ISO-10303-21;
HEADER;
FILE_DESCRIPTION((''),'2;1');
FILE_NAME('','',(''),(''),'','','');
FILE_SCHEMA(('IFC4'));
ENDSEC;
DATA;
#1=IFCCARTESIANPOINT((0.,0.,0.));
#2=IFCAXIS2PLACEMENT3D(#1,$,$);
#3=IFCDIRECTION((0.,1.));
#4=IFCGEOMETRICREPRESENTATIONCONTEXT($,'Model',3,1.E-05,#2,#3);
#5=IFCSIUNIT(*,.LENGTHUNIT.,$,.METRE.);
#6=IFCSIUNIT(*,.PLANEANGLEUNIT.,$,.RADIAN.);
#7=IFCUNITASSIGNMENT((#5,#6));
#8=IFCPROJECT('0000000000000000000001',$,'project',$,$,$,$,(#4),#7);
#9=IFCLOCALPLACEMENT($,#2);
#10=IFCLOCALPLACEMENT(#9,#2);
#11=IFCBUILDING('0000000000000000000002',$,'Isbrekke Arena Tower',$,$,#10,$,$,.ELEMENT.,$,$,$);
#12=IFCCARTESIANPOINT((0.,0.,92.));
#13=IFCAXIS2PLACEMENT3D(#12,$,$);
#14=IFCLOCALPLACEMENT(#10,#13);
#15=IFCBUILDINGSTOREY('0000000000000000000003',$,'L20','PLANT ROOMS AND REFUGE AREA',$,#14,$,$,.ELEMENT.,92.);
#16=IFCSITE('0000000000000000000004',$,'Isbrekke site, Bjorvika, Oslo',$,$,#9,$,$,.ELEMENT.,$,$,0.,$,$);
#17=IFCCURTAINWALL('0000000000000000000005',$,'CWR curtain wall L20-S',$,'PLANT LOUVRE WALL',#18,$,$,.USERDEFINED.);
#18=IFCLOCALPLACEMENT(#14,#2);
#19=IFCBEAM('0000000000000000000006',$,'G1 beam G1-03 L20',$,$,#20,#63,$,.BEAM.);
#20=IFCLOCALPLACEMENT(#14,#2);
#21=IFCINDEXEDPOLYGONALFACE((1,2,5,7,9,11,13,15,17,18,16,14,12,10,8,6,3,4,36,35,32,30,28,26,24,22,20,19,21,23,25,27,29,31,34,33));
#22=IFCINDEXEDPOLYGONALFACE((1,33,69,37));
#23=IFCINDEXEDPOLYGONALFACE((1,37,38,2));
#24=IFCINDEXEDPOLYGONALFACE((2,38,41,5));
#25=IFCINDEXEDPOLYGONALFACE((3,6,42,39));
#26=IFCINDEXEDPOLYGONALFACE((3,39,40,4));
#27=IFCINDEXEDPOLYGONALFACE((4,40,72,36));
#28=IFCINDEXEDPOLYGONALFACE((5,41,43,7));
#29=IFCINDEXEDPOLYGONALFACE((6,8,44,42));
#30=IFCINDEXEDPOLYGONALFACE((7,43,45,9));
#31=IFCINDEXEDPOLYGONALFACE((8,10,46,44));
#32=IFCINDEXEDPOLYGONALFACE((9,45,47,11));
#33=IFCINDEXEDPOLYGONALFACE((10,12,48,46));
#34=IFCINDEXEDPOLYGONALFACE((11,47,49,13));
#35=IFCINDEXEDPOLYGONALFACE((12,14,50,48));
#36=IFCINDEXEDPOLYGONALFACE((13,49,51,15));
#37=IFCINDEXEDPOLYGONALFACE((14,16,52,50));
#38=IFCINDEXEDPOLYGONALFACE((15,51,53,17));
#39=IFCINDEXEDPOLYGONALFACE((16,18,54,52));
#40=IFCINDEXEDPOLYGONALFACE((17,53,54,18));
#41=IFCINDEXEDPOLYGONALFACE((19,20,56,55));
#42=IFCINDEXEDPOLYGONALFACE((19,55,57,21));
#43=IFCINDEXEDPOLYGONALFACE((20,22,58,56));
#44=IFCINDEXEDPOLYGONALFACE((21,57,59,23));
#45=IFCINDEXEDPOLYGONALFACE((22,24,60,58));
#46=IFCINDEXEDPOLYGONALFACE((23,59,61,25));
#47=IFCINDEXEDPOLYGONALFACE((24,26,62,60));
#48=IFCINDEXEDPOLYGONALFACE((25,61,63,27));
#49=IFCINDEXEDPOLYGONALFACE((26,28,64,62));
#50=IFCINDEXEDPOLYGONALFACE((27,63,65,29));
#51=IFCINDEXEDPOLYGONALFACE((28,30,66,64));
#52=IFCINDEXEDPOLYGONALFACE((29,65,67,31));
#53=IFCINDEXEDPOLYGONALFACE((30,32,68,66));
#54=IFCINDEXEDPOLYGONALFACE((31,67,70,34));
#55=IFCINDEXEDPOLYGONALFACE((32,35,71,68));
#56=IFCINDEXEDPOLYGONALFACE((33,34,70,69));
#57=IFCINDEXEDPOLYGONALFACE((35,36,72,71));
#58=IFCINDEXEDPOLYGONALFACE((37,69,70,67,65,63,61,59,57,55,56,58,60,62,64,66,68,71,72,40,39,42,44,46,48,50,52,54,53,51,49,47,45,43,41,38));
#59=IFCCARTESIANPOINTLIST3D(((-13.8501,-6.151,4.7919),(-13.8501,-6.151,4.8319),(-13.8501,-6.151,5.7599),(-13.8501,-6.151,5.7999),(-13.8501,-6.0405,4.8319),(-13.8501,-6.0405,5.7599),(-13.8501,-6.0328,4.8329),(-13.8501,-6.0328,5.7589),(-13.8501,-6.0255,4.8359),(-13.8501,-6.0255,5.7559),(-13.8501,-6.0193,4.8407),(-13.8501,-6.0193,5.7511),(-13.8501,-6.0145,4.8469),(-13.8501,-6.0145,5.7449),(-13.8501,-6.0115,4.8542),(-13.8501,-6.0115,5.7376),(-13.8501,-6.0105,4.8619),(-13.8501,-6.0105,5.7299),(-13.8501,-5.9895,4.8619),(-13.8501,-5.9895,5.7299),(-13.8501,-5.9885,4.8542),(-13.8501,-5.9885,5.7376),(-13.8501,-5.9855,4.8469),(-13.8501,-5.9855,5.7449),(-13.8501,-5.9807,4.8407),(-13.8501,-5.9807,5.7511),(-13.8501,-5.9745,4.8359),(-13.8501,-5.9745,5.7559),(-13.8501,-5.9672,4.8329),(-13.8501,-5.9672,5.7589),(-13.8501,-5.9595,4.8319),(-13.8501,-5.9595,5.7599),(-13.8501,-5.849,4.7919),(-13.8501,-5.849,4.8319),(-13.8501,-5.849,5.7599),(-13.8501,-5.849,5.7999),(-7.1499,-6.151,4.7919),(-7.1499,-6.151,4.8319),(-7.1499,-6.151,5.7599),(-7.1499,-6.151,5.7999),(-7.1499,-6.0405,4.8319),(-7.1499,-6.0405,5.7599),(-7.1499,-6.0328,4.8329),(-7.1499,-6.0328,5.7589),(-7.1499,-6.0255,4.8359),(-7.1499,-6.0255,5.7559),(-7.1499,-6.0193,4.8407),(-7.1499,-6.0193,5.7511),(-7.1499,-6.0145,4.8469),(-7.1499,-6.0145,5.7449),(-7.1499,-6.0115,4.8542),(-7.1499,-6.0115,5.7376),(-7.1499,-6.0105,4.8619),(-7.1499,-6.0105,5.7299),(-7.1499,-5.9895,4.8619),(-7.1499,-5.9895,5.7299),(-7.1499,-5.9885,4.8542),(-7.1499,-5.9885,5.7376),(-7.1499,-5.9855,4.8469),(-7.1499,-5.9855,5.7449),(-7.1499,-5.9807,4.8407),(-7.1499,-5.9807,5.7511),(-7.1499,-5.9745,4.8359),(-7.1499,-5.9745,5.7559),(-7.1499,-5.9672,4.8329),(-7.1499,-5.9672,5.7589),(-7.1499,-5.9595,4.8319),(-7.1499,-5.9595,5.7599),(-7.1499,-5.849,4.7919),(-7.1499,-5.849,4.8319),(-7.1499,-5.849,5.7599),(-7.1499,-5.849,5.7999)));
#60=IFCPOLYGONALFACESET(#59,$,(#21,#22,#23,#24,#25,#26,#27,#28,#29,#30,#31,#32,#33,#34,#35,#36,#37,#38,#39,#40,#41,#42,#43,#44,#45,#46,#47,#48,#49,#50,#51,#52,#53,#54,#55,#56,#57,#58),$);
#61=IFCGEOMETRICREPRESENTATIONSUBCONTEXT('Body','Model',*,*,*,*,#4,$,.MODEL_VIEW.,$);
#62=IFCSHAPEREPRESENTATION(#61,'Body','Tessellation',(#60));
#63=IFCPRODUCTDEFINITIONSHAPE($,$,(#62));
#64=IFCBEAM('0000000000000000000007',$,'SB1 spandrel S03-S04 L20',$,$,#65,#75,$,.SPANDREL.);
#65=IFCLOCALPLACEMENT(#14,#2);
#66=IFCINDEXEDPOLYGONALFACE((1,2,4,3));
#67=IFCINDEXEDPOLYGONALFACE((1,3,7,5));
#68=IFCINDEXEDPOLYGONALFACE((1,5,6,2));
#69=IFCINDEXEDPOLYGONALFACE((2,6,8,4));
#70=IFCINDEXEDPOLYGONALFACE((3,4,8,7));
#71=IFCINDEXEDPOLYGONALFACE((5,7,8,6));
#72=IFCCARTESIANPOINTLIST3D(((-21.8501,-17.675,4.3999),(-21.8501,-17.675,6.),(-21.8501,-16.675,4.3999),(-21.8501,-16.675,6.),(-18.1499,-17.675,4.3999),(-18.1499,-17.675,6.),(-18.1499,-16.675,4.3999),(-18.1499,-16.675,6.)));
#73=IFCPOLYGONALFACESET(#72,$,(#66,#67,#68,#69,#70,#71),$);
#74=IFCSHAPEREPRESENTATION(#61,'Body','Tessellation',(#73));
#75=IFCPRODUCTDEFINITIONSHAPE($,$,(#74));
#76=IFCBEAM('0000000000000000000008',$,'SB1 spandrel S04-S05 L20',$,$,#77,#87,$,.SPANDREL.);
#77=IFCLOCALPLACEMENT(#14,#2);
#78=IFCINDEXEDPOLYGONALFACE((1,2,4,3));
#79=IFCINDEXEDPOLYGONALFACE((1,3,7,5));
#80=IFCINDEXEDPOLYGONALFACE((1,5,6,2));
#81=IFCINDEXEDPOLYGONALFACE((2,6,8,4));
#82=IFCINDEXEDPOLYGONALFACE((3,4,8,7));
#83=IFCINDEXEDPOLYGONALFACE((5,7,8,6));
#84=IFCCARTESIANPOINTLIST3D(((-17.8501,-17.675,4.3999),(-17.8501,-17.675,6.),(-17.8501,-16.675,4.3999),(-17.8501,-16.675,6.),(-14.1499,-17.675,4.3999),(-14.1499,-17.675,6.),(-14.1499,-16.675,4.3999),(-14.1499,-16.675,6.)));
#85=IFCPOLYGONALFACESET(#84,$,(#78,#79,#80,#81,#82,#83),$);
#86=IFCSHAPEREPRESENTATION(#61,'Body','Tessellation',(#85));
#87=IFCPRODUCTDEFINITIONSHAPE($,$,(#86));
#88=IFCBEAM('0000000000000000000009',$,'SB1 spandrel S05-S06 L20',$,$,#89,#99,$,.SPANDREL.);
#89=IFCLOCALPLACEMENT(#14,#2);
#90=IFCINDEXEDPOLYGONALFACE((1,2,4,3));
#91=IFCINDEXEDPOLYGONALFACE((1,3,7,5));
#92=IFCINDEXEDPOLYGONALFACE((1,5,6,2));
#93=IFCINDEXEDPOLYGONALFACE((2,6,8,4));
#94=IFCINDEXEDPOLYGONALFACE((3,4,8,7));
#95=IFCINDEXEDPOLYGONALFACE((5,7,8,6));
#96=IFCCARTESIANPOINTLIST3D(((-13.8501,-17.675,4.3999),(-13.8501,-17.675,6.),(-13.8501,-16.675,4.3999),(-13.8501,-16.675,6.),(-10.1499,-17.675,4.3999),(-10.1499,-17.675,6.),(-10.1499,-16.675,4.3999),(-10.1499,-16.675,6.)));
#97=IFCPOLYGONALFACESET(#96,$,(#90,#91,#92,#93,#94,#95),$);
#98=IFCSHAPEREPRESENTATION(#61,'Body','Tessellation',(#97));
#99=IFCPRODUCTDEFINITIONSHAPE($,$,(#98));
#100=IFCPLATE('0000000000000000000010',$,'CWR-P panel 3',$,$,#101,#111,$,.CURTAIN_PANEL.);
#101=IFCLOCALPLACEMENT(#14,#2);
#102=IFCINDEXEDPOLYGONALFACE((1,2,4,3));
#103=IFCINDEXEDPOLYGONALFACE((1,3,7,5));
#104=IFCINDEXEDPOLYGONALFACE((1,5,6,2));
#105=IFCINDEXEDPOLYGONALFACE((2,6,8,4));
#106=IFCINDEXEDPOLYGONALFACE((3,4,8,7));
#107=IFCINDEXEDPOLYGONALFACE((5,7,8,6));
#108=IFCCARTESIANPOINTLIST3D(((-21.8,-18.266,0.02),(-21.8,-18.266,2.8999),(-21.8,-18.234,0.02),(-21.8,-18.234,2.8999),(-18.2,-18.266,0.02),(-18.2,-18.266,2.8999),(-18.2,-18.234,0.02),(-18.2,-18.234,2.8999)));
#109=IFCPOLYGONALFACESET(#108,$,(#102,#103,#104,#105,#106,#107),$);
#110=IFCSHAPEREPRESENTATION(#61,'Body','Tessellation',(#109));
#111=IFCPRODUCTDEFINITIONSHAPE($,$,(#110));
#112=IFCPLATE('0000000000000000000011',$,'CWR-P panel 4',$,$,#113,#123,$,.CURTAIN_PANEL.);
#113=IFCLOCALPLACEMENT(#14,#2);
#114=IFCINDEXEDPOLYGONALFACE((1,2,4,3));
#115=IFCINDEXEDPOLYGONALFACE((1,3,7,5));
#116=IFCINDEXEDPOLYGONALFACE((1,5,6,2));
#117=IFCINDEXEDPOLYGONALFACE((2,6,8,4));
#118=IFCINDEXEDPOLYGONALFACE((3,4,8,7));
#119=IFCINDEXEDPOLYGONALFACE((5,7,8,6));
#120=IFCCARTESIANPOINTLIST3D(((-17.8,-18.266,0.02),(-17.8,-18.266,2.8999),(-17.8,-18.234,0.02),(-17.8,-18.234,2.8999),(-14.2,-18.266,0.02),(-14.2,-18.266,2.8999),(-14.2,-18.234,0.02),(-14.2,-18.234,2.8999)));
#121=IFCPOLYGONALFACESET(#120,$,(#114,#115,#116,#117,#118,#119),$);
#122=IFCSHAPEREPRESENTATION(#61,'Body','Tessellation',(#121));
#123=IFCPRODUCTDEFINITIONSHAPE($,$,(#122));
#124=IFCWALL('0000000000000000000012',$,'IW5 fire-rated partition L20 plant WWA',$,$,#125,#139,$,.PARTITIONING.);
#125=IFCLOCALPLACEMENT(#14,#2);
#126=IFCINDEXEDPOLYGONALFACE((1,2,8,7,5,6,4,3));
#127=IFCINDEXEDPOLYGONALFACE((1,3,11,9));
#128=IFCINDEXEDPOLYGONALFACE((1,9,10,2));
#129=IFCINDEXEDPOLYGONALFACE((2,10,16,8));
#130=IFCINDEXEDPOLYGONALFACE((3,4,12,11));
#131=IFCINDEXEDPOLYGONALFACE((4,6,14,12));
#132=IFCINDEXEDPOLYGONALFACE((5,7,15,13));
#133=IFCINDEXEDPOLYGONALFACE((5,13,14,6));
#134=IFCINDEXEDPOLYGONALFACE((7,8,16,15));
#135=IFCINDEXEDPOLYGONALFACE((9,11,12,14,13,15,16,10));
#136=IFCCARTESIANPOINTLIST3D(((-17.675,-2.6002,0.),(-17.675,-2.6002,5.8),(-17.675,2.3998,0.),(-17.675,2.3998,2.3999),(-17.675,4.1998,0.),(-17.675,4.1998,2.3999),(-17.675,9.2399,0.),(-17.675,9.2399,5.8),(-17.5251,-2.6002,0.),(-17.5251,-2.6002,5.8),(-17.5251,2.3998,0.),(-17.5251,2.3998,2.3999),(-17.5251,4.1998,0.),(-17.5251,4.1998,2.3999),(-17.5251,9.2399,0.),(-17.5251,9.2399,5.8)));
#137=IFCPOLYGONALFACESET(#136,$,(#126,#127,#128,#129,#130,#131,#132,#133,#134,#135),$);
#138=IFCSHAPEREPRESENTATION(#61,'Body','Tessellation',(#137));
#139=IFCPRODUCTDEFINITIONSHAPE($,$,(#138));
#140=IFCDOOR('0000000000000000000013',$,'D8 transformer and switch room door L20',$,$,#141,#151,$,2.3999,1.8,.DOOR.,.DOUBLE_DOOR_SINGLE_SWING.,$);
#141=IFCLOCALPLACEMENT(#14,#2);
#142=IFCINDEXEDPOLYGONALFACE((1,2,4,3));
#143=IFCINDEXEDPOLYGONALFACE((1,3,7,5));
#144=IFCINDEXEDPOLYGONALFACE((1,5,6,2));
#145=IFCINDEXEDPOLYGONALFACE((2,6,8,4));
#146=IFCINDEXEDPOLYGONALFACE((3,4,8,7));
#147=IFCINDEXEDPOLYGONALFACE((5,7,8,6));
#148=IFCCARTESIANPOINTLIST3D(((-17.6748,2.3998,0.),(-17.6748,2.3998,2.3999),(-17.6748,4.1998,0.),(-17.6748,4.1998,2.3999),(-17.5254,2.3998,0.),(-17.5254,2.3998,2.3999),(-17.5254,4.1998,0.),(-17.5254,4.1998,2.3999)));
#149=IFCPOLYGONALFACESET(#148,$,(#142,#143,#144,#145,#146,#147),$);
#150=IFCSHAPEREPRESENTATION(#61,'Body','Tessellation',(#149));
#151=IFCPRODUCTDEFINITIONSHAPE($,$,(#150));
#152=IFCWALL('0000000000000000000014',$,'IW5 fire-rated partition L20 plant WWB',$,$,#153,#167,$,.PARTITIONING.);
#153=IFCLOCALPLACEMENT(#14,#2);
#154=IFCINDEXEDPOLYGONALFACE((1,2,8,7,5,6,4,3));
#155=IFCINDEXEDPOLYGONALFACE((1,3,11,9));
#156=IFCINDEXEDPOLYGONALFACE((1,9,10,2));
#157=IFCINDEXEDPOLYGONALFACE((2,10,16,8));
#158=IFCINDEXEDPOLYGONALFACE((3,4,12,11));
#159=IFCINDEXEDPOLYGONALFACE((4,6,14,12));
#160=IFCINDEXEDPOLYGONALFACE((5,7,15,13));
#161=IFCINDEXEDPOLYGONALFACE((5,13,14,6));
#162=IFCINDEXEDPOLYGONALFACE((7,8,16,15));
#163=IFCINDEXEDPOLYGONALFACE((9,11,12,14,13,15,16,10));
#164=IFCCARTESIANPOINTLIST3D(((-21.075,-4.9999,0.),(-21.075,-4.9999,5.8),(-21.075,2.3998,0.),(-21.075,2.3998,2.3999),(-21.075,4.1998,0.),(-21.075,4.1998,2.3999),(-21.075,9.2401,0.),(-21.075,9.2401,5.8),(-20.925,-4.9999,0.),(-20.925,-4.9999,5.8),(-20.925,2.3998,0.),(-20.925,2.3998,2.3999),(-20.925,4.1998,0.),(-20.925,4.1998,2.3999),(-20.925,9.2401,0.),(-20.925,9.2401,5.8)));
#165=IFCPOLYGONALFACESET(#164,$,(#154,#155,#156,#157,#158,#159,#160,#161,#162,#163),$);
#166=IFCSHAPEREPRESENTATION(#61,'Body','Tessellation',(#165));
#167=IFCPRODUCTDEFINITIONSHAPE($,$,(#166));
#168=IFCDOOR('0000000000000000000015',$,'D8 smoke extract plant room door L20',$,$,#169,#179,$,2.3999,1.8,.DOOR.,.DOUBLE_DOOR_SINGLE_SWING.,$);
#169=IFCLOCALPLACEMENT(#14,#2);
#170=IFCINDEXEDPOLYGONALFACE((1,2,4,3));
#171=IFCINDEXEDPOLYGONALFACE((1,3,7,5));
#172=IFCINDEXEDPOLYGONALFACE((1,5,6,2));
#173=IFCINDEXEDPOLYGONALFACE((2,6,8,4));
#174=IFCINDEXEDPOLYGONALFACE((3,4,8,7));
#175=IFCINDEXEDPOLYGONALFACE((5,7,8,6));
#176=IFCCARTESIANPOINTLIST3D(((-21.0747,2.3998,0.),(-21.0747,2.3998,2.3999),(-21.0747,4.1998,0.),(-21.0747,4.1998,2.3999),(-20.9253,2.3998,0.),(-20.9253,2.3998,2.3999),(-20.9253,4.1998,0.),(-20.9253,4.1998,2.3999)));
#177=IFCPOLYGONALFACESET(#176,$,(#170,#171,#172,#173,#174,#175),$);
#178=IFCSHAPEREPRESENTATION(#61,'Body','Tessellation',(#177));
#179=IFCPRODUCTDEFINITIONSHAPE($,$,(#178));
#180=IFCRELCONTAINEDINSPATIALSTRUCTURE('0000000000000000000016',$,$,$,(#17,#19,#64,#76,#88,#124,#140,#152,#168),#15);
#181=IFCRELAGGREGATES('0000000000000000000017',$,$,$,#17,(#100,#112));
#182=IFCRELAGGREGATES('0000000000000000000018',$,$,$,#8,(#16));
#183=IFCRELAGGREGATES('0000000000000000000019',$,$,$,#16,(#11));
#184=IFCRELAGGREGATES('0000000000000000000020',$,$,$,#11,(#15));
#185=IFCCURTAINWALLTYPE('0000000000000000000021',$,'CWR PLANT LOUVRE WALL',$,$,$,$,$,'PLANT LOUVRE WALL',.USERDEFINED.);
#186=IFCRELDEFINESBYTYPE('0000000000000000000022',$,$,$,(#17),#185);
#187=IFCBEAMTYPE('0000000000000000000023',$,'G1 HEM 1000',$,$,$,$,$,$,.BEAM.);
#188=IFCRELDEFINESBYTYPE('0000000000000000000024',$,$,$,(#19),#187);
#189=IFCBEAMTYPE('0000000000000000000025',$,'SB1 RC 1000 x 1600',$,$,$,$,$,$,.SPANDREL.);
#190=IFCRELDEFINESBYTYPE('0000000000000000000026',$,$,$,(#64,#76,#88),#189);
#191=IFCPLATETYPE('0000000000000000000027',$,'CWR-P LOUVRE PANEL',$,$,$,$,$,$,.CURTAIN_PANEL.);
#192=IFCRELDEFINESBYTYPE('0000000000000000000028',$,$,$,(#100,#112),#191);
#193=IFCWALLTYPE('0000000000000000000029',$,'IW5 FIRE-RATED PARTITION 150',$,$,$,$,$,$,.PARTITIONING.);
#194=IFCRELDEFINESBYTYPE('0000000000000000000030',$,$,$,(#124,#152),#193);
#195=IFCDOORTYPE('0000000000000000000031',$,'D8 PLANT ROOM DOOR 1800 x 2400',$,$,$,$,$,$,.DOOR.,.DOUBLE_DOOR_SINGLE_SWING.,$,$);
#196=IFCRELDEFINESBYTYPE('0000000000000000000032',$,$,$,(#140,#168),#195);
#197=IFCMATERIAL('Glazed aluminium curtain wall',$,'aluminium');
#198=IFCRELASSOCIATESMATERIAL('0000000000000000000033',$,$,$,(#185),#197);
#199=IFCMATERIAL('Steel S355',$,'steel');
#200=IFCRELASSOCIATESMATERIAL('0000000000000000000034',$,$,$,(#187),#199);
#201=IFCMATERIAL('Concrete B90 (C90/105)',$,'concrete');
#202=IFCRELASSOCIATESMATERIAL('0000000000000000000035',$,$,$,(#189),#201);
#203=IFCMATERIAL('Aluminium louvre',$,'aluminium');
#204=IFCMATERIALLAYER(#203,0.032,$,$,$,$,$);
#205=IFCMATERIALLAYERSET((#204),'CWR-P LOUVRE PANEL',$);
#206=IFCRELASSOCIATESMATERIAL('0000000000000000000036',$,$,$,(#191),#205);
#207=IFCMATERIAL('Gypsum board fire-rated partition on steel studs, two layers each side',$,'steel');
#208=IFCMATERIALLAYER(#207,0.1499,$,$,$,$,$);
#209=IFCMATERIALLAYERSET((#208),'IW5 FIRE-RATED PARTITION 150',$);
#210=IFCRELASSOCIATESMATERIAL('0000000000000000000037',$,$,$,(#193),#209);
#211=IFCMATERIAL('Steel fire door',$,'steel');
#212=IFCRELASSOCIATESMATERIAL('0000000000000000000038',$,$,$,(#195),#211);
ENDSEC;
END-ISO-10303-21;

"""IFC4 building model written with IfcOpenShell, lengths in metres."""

from ifc_helpers import new_model, si_unit, direction, frame, frame_2d, origin, origin_2d, place, context, subcontext, project, spatial, rectangle, i_section, extrude, material, layer, layer_set, material_profile, profile_set, type_object, element, fill, aggregate, save


model = new_model("IFC4")

# Units and contexts
model_context = context("Model", 3, precision=1e-05, world=origin(), true_north=direction((0.0, 1.0)))
body_context = subcontext(model_context, "Body", "Model", "MODEL_VIEW")
ifc_project = project(units=[si_unit("LENGTHUNIT", "METRE"), si_unit("PLANEANGLEUNIT", "RADIAN")], contexts=[model_context])

# Site, building, storey
site_placement = place(None, origin())
site = spatial("IfcSite", under=ifc_project, at=site_placement, Name="Isbrekke site, Bjorvika, Oslo", CompositionType="ELEMENT", RefElevation=0.0)
building_placement = place(site_placement, origin())
building = spatial("IfcBuilding", under=site, at=building_placement, Name="Isbrekke Arena Tower", CompositionType="ELEMENT")
storey_placement = place(building_placement, frame((0.0, 0.0, 92.0)))
storey = spatial("IfcBuildingStorey", under=building, at=storey_placement, Name="L20", Description="PLANT ROOMS AND REFUGE AREA", CompositionType="ELEMENT", Elevation=92.0)

# Curtain wall
ifc_material_1 = material(Name="Glazed aluminium curtain wall", Category="aluminium")
curtain_wall_type = type_object("IfcCurtainWallType", Name="CWR PLANT LOUVRE WALL", ElementType="PLANT LOUVRE WALL", PredefinedType="USERDEFINED", material=ifc_material_1)
curtain_wall_placement = place(storey_placement, origin())
curtain_wall = element("IfcCurtainWall", 1, at=curtain_wall_placement, inside=storey, type_object=curtain_wall_type, Name="CWR curtain wall L20-S", ObjectType="PLANT LOUVRE WALL", PredefinedType="USERDEFINED")

# Beams
ifc_material_2 = material(Name="Steel S355", Category="steel")
ifc_material_profile_1 = material_profile(ifc_material_2, i_section(OverallWidth=0.302, OverallDepth=1.0081, WebThickness=0.021, FlangeThickness=0.04, FilletRadius=0.03, at=origin_2d()), Name="HEM 1000")
ifc_profile_set_1 = profile_set([ifc_material_profile_1], Name="Steel S355")
beam_type_1 = type_object("IfcBeamType", Name="G1 HEM 1000", PredefinedType="BEAM", material=ifc_profile_set_1)
for number, where, z_axis, x_axis, name in (
    (2, (-13.8501, -6.0, 5.2959), (1.0, 0.0, 0.0), (0.0, 1.0, 0.0), "G1 beam G1-03 L20"),
):
    element("IfcBeam", number, at=place(storey_placement, frame(where, z_axis=z_axis, x_axis=x_axis)), inside=storey, type_object=beam_type_1, Name=name, PredefinedType="BEAM", context=body_context, shape_type="SweptSolid", body=[
        extrude(i_section(OverallWidth=0.302, OverallDepth=1.0081, WebThickness=0.021, FlangeThickness=0.04, FilletRadius=0.03, at=origin_2d()), origin(), (0.0, 0.0, 1.0), 6.7002),
    ])
ifc_material_3 = material(Name="Concrete B90 (C90/105)", Category="concrete")
ifc_material_profile_2 = material_profile(ifc_material_3, rectangle(XDim=1.0, YDim=1.6001, at=origin_2d()), Name="RC 1000x1600")
ifc_profile_set_2 = profile_set([ifc_material_profile_2], Name="Concrete B90 (C90/105)")
beam_type_2 = type_object("IfcBeamType", Name="SB1 RC 1000 x 1600", PredefinedType="SPANDREL", material=ifc_profile_set_2)
for number, where, z_axis, x_axis, name in (
    (3, (-21.8501, -17.175, 5.2), (1.0, 0.0, 0.0), (0.0, 1.0, 0.0), "SB1 spandrel S03-S04 L20"),
    (4, (-17.8501, -17.175, 5.2), (1.0, 0.0, 0.0), (0.0, 1.0, 0.0), "SB1 spandrel S04-S05 L20"),
    (5, (-13.8501, -17.175, 5.2), (1.0, 0.0, 0.0), (0.0, 1.0, 0.0), "SB1 spandrel S05-S06 L20"),
):
    element("IfcBeam", number, at=place(storey_placement, frame(where, z_axis=z_axis, x_axis=x_axis)), inside=storey, type_object=beam_type_2, Name=name, PredefinedType="SPANDREL", context=body_context, shape_type="SweptSolid", body=[
        extrude(rectangle(XDim=1.0, YDim=1.6001, at=origin_2d()), origin(), (0.0, 0.0, 1.0), 3.7002),
    ])

# Plates
ifc_material_4 = material(Name="Aluminium louvre", Category="aluminium")
ifc_layer_1 = layer(ifc_material_4, 0.032)
ifc_layer_set_1 = layer_set([ifc_layer_1], Name="CWR-P LOUVRE PANEL")
plate_type = type_object("IfcPlateType", Name="CWR-P LOUVRE PANEL", PredefinedType="CURTAIN_PANEL", material=ifc_layer_set_1)
plate_1_placement = place(storey_placement, frame((-20.0, -18.25, 0.02), z_axis=(0.0, 0.0, 1.0), x_axis=(1.0, 0.0, 0.0)))
plate_1 = element("IfcPlate", 6, at=plate_1_placement, type_object=plate_type, Name="CWR-P panel 3", PredefinedType="CURTAIN_PANEL", context=body_context, shape_type="SweptSolid", body=[
    extrude(rectangle(XDim=3.6001, YDim=0.032, at=origin_2d()), origin(), (0.0, 0.0, 1.0), 2.8799),
])
plate_2_placement = place(storey_placement, frame((-16.0, -18.25, 0.02), z_axis=(0.0, 0.0, 1.0), x_axis=(1.0, 0.0, 0.0)))
plate_2 = element("IfcPlate", 7, at=plate_2_placement, type_object=plate_type, Name="CWR-P panel 4", PredefinedType="CURTAIN_PANEL", context=body_context, shape_type="SweptSolid", body=[
    extrude(rectangle(XDim=3.6001, YDim=0.032, at=origin_2d()), origin(), (0.0, 0.0, 1.0), 2.8799),
])
aggregate(curtain_wall, [plate_1, plate_2])

# Walls, openings, doors
ifc_material_5 = material(Name="Gypsum board fire-rated partition on steel studs, two layers each side", Category="steel")
ifc_layer_2 = layer(ifc_material_5, 0.1499)
ifc_layer_set_2 = layer_set([ifc_layer_2], Name="IW5 FIRE-RATED PARTITION 150")
wall_type = type_object("IfcWallType", Name="IW5 FIRE-RATED PARTITION 150", PredefinedType="PARTITIONING", material=ifc_layer_set_2)
wall_1_placement = place(storey_placement, frame((-17.6001, -2.6001, 0.0), z_axis=(0.0, 0.0, 1.0), x_axis=(0.0, 1.0, 0.0)))
wall_1 = element("IfcWall", 8, at=wall_1_placement, inside=storey, type_object=wall_type, Name="IW5 fire-rated partition L20 plant WWA", PredefinedType="PARTITIONING", context=body_context, shape_type="SweptSolid", body=[
    extrude(rectangle(XDim=11.8401, YDim=0.1499, at=frame_2d((5.9199, 0.0))), origin(), (0.0, 0.0, 1.0), 5.8),
])
opening_1_placement = place(wall_1_placement, frame((5.0, 0.0, 0.0)))
opening_1 = element("IfcOpeningElement", 9, at=opening_1_placement, cuts=wall_1, PredefinedType="OPENING", context=body_context, shape_type="SweptSolid", body=[
    extrude(rectangle(XDim=1.8, YDim=2.3999, at=frame_2d((0.8999, 1.2))), frame((0.0, 0.0898, 0.0), z_axis=(0.0, -1.0, 0.0), x_axis=(1.0, 0.0, 0.0)), (0.0, 0.0, 1.0), 0.1797),
])
ifc_material_6 = material(Name="Steel fire door", Category="steel")
door_type = type_object("IfcDoorType", Name="D8 PLANT ROOM DOOR 1800 x 2400", OperationType="DOUBLE_DOOR_SINGLE_SWING", PredefinedType="DOOR", material=ifc_material_6)
door_1_placement = place(opening_1_placement, origin())
door_1 = element("IfcDoor", 10, at=door_1_placement, inside=storey, type_object=door_type, Name="D8 transformer and switch room door L20", OperationType="DOUBLE_DOOR_SINGLE_SWING", OverallHeight=2.3999, OverallWidth=1.8, PredefinedType="DOOR", context=body_context, shape_type="SweptSolid", body=[
    extrude(rectangle(XDim=1.8, YDim=2.3999, at=frame_2d((0.8999, 1.2))), frame((0.0, 0.0747, 0.0), z_axis=(0.0, -1.0, 0.0), x_axis=(1.0, 0.0, 0.0)), (0.0, 0.0, 1.0), 0.1494),
])
fill(opening_1, door_1)
wall_2_placement = place(storey_placement, frame((-21.0, -5.0, 0.0), z_axis=(0.0, 0.0, 1.0), x_axis=(0.0, 1.0, 0.0)))
wall_2 = element("IfcWall", 11, at=wall_2_placement, inside=storey, type_object=wall_type, Name="IW5 fire-rated partition L20 plant WWB", PredefinedType="PARTITIONING", context=body_context, shape_type="SweptSolid", body=[
    extrude(rectangle(XDim=14.24, YDim=0.1499, at=frame_2d((7.1201, 0.0))), origin(), (0.0, 0.0, 1.0), 5.8),
])
opening_2_placement = place(wall_2_placement, frame((7.3999, 0.0, 0.0)))
opening_2 = element("IfcOpeningElement", 12, at=opening_2_placement, cuts=wall_2, PredefinedType="OPENING", context=body_context, shape_type="SweptSolid", body=[
    extrude(rectangle(XDim=1.8, YDim=2.3999, at=frame_2d((0.8999, 1.2))), frame((0.0, 0.0898, 0.0), z_axis=(0.0, -1.0, 0.0), x_axis=(1.0, 0.0, 0.0)), (0.0, 0.0, 1.0), 0.1797),
])
door_2_placement = place(opening_2_placement, origin())
door_2 = element("IfcDoor", 13, at=door_2_placement, inside=storey, type_object=door_type, Name="D8 smoke extract plant room door L20", OperationType="DOUBLE_DOOR_SINGLE_SWING", OverallHeight=2.3999, OverallWidth=1.8, PredefinedType="DOOR", context=body_context, shape_type="SweptSolid", body=[
    extrude(rectangle(XDim=1.8, YDim=2.3999, at=frame_2d((0.8999, 1.2))), frame((0.0, 0.0747, 0.0), z_axis=(0.0, -1.0, 0.0), x_axis=(1.0, 0.0, 0.0)), (0.0, 0.0, 1.0), 0.1494),
])
fill(opening_2, door_2)

save(model, "model.ifc")
